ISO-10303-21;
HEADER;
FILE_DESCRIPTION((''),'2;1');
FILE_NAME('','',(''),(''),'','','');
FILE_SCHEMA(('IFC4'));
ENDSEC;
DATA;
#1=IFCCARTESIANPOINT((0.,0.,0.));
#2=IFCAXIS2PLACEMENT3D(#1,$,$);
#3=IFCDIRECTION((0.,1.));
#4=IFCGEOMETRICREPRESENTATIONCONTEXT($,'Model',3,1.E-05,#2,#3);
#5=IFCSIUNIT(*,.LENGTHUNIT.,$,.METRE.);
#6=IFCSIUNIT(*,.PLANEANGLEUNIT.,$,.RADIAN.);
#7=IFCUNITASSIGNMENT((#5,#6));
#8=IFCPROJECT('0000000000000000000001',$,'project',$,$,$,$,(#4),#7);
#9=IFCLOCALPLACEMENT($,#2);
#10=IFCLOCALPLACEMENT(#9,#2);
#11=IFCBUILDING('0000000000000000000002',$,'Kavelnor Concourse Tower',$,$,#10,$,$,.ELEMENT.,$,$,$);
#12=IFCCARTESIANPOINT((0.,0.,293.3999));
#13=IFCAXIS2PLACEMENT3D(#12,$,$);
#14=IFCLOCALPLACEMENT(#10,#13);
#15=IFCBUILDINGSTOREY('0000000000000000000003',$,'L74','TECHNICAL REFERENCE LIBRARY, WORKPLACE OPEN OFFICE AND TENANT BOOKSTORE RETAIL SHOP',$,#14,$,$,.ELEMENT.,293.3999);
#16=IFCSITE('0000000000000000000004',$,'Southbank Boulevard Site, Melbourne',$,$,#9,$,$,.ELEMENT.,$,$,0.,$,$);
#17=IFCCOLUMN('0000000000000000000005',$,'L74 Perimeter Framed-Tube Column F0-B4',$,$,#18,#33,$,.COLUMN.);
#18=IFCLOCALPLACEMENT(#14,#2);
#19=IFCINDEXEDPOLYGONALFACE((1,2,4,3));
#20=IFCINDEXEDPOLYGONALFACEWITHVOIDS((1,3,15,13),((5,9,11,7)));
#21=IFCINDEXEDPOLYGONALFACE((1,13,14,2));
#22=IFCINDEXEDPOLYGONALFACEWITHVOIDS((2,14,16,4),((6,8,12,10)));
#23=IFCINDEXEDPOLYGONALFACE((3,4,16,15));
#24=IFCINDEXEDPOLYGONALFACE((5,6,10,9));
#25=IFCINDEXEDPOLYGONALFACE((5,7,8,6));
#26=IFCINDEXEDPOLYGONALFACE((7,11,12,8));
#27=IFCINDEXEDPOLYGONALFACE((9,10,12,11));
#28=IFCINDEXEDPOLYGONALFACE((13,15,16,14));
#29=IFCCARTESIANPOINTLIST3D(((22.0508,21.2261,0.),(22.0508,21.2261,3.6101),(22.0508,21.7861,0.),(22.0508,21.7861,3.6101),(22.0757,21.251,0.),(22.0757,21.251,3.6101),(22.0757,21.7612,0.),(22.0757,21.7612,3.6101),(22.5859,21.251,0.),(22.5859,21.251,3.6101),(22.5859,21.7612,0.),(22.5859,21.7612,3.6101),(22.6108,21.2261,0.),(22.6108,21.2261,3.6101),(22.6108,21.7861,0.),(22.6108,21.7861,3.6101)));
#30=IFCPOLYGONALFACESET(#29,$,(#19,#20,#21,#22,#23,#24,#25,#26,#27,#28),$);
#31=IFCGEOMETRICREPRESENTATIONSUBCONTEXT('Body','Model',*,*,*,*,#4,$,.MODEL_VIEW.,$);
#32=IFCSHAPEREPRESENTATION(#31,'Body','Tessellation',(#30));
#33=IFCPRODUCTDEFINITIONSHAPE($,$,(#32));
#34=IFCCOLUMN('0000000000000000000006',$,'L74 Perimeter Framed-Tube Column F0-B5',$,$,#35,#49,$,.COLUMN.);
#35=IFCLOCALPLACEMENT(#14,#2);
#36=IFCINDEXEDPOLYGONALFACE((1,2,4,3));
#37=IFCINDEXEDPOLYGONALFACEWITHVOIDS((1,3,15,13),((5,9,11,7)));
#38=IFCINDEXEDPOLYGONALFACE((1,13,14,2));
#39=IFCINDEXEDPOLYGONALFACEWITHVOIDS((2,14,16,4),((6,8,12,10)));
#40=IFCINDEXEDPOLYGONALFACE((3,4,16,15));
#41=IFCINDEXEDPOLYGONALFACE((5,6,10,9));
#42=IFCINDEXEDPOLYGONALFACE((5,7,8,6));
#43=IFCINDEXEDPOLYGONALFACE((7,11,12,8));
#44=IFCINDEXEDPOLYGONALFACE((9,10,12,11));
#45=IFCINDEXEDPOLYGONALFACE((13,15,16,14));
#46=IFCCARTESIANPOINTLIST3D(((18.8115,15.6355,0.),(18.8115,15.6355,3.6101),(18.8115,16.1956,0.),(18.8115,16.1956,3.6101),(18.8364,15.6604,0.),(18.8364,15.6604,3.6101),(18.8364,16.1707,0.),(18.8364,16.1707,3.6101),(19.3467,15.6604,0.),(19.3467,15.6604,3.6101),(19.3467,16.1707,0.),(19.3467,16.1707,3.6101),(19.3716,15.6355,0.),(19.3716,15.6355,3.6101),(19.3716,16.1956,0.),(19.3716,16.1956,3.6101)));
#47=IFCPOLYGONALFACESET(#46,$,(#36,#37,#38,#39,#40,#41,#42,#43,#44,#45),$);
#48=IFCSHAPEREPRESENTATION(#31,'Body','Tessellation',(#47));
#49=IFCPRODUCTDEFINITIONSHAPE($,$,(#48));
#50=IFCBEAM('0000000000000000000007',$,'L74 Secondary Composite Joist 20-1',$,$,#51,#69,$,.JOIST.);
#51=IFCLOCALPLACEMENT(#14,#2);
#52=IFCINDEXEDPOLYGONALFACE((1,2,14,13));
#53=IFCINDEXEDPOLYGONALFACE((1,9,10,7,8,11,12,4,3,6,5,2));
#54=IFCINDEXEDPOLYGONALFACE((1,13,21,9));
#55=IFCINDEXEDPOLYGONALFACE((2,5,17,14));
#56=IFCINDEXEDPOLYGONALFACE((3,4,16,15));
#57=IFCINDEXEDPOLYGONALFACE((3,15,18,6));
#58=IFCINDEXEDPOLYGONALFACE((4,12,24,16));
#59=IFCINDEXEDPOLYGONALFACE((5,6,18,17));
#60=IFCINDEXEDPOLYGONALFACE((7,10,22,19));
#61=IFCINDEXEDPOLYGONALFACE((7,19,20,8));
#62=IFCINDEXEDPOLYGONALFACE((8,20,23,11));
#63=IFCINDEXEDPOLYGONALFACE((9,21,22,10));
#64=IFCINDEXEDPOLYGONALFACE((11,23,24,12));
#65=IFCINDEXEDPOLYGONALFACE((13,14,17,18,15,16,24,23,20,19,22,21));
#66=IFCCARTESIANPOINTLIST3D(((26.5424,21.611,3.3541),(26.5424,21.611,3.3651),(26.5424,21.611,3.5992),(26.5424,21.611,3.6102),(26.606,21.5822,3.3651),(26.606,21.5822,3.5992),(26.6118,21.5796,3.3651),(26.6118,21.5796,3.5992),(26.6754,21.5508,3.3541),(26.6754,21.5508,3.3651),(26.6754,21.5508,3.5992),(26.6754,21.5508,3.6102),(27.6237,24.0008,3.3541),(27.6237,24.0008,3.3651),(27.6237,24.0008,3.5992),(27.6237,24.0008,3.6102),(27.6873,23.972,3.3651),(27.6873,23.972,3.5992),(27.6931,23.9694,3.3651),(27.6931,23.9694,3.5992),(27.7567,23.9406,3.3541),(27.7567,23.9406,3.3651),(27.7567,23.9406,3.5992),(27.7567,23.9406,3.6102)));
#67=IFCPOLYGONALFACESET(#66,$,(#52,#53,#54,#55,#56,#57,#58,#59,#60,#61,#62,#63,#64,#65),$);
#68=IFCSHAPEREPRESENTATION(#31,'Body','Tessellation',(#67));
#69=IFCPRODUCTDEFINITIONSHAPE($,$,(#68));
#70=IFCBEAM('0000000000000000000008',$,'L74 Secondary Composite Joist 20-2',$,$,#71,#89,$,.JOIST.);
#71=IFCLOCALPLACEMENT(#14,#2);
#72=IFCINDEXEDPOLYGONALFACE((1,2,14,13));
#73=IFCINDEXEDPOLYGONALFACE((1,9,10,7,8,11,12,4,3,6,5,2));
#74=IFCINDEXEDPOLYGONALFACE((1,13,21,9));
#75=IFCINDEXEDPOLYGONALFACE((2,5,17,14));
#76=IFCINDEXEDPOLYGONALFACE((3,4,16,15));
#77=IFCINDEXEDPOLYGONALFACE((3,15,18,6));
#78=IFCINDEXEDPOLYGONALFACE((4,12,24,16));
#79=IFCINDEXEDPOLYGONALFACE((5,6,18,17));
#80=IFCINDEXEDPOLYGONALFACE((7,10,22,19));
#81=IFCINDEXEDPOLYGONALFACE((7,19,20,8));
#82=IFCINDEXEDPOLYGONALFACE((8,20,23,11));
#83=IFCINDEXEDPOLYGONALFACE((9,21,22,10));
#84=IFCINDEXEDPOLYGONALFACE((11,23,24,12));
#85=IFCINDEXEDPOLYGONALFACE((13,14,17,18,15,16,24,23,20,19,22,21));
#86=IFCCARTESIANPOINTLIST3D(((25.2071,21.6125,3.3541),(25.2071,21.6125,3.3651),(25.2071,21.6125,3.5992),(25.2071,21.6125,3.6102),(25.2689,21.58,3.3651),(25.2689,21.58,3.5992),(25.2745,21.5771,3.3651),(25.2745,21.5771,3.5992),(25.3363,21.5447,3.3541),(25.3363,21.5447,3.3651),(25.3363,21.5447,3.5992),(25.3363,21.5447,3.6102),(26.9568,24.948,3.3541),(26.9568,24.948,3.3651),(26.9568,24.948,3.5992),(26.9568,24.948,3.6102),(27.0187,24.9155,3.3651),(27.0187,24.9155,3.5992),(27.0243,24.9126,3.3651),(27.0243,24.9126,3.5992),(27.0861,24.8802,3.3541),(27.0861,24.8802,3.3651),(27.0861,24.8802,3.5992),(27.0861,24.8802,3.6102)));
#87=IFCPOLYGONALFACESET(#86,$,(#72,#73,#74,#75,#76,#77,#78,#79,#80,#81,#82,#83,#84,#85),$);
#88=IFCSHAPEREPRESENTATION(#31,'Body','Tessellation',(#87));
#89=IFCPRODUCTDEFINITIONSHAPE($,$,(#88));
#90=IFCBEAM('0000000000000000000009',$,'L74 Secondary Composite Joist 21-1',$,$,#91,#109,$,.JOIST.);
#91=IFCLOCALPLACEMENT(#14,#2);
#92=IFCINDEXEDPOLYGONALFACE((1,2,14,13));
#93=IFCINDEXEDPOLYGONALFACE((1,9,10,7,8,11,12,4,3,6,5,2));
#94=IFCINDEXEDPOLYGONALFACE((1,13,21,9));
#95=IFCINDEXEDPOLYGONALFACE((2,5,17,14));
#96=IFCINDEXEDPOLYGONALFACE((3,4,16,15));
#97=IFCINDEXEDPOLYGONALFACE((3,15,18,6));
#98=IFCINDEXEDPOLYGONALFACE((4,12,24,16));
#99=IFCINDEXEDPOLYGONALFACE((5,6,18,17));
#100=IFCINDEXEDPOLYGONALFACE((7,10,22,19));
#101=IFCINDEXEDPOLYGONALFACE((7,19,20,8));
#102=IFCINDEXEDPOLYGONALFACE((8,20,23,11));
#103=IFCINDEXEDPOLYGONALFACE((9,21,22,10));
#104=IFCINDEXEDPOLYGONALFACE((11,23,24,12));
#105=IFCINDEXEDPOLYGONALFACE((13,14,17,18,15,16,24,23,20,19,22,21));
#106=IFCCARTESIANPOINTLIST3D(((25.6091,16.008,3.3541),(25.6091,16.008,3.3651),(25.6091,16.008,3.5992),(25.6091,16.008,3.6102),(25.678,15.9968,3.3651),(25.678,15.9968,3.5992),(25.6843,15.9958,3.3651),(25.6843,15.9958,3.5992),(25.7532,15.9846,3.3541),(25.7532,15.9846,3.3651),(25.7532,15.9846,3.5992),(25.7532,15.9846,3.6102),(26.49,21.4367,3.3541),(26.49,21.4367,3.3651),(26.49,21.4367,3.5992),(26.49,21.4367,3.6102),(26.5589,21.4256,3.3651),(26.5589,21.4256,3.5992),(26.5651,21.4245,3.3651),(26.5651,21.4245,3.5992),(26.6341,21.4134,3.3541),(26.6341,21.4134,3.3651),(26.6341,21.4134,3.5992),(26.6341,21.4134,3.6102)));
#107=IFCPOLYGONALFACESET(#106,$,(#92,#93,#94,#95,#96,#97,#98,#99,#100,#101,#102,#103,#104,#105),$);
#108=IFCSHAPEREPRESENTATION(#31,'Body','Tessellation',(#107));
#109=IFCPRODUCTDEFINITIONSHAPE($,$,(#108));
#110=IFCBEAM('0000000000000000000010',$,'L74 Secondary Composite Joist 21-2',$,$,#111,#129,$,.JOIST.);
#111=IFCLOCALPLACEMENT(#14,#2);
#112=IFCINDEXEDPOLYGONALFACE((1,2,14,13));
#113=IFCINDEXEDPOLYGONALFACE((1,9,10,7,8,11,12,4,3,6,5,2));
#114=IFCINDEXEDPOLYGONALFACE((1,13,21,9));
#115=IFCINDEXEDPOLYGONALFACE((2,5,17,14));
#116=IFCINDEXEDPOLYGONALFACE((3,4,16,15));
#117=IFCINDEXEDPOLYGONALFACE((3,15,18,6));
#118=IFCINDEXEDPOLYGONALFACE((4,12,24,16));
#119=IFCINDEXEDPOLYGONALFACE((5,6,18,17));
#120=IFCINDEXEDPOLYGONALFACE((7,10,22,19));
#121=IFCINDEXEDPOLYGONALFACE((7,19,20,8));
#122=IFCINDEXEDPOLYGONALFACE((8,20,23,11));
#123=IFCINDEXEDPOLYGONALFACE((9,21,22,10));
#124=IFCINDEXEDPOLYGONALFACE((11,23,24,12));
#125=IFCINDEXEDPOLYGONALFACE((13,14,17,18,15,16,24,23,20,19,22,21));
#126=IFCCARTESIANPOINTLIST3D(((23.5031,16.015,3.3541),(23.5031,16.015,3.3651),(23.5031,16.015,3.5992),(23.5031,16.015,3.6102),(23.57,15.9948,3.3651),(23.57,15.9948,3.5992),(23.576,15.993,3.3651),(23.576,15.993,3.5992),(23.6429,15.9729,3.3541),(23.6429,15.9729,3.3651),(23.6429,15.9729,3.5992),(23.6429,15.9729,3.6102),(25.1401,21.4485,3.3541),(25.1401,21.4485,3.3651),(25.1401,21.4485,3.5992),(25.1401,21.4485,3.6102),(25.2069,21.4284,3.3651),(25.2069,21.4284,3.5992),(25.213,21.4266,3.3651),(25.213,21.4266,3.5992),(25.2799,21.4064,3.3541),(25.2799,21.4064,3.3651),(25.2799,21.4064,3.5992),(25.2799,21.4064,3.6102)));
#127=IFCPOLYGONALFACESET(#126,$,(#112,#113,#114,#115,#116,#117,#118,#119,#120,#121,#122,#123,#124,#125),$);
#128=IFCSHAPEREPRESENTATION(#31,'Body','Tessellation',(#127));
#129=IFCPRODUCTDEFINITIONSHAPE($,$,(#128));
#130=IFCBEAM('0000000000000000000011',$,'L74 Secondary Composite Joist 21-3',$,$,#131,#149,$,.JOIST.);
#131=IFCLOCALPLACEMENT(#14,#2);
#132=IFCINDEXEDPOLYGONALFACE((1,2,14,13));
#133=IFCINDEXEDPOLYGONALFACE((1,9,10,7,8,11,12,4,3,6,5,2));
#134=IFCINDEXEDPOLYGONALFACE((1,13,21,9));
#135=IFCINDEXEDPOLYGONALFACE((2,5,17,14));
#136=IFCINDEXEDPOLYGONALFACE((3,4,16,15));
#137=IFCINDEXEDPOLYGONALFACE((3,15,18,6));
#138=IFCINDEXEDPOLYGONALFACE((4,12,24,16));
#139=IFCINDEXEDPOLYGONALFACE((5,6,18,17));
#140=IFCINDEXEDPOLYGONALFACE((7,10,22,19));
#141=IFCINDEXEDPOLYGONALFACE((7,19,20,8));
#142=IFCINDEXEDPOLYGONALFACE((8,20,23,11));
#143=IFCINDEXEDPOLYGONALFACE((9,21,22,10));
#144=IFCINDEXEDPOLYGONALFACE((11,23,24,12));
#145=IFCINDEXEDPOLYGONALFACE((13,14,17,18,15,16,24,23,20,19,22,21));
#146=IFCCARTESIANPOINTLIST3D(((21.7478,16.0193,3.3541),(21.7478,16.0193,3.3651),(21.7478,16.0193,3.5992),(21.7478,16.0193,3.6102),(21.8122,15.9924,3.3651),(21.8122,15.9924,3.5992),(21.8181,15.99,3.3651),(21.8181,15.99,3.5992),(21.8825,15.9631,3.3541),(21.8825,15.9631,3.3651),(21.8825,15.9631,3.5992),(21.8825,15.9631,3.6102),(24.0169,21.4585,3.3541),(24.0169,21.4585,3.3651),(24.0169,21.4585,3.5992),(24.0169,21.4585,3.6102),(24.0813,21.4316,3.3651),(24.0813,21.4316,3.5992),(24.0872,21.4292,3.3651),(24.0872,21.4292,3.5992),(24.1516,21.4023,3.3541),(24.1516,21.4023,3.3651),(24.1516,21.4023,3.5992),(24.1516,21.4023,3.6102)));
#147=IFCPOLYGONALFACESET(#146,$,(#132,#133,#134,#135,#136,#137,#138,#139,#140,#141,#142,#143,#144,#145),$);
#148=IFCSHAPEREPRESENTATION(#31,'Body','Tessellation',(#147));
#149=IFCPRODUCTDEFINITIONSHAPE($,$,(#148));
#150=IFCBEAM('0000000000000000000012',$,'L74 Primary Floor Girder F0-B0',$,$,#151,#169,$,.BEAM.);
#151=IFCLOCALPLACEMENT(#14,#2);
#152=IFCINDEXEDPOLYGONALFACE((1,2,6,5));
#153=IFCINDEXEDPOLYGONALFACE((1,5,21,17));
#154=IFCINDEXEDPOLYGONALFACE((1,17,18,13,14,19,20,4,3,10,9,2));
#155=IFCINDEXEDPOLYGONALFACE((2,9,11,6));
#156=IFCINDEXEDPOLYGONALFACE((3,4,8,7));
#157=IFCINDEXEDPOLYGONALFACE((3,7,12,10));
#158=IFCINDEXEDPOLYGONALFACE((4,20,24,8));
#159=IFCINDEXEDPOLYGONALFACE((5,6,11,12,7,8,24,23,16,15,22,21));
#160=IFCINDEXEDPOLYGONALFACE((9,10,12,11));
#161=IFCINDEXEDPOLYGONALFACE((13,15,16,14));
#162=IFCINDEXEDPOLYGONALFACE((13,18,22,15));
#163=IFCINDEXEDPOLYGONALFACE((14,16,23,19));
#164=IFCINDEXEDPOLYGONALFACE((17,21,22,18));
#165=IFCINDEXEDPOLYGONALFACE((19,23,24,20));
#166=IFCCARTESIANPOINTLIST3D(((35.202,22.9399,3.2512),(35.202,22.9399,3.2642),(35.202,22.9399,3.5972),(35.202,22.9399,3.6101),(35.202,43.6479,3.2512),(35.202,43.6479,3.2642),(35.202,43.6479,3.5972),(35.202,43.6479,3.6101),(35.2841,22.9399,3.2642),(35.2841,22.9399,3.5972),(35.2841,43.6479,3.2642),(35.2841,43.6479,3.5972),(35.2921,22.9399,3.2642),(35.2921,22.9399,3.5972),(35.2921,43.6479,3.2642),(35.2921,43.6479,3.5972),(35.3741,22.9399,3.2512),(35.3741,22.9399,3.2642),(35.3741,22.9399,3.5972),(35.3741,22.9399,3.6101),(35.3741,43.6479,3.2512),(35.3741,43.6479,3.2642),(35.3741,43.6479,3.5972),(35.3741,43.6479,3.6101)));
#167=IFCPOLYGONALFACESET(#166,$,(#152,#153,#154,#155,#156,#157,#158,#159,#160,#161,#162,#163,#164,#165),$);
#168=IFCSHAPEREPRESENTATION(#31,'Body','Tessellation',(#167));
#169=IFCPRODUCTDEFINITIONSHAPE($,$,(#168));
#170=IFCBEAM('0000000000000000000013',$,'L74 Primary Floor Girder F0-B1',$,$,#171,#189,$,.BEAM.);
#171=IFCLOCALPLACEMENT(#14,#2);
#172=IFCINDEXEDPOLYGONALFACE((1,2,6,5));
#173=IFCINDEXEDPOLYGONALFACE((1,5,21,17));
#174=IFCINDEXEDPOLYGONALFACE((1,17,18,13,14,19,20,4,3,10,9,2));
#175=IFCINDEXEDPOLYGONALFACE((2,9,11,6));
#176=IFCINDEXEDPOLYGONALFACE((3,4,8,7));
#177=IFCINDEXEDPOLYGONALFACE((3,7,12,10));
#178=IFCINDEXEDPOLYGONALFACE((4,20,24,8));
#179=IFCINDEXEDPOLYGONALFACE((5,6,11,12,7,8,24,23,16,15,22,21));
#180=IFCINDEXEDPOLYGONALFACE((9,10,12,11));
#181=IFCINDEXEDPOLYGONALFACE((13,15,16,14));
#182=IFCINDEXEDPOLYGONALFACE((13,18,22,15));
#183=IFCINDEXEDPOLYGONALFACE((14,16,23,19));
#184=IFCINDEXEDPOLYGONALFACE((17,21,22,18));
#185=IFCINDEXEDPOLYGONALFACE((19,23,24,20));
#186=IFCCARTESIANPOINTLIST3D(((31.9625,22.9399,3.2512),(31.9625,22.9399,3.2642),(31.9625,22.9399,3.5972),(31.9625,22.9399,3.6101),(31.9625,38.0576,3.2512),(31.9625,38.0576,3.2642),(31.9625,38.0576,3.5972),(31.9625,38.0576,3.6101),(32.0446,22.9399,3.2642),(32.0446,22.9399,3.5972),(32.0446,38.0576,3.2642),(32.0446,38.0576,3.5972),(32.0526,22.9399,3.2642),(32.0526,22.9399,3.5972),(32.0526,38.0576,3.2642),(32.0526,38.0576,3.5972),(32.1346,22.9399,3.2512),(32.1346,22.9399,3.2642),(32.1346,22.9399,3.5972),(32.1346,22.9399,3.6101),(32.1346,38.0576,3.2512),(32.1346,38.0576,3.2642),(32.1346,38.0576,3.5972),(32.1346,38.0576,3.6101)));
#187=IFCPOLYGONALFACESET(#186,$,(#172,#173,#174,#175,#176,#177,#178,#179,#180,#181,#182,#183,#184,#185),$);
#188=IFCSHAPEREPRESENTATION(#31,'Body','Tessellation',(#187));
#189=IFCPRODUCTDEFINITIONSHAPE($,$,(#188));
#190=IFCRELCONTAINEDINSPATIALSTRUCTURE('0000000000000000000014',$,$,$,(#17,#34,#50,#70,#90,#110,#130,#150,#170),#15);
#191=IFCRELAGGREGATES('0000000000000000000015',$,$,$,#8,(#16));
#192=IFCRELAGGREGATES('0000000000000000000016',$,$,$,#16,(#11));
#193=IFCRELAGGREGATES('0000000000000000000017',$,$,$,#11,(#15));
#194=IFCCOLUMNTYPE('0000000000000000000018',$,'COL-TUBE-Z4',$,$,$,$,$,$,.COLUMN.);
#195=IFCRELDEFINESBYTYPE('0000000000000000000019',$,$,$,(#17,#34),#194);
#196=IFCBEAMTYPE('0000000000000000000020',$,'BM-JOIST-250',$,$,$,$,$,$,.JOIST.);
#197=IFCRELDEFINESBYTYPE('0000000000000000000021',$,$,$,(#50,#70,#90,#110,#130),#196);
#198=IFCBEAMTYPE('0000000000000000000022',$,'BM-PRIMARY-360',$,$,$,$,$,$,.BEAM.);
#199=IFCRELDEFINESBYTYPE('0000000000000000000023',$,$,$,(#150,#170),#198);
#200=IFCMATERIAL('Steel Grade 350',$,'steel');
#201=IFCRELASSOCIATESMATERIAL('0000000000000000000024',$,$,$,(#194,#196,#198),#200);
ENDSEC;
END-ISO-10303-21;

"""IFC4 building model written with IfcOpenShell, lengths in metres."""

from ifc_helpers import new_model, si_unit, direction, frame, origin, origin_2d, place, context, subcontext, project, spatial, hollow_rectangle, i_section, extrude, material, material_profile, profile_set, type_object, element, save


model = new_model("IFC4")

# Units and contexts
model_context = context("Model", 3, precision=1e-05, world=origin(), true_north=direction((0.0, 1.0)))
body_context = subcontext(model_context, "Body", "Model", "MODEL_VIEW")
ifc_project = project(units=[si_unit("LENGTHUNIT", "METRE"), si_unit("PLANEANGLEUNIT", "RADIAN")], contexts=[model_context])

# Site, building, storey
site_placement = place(None, origin())
site = spatial("IfcSite", under=ifc_project, at=site_placement, Name="Southbank Boulevard Site, Melbourne", CompositionType="ELEMENT", RefElevation=0.0)
building_placement = place(site_placement, origin())
building = spatial("IfcBuilding", under=site, at=building_placement, Name="Kavelnor Concourse Tower", CompositionType="ELEMENT")
storey_placement = place(building_placement, frame((0.0, 0.0, 293.3999)))
storey = spatial("IfcBuildingStorey", under=building, at=storey_placement, Name="L74", Description="TECHNICAL REFERENCE LIBRARY, WORKPLACE OPEN OFFICE AND TENANT BOOKSTORE RETAIL SHOP", CompositionType="ELEMENT", Elevation=293.3999)

# Columns
ifc_material_1 = material(Name="Steel Grade 350", Category="steel")
ifc_material_profile_1 = material_profile(ifc_material_1, hollow_rectangle(XDim=0.5601, YDim=0.5601, WallThickness=0.0249, at=origin_2d()), Name="SHS 560x560x25")
ifc_profile_set_1 = profile_set([ifc_material_profile_1], Name="Steel Grade 350")
column_type = type_object("IfcColumnType", Name="COL-TUBE-Z4", PredefinedType="COLUMN", material=ifc_profile_set_1)
for number, where, z_axis, x_axis, name in (
    (1, (22.3308, 21.5061, 0.0), (0.0, 0.0, 1.0), (1.0, 0.0, 0.0), "L74 Perimeter Framed-Tube Column F0-B4"),
    (2, (19.0916, 15.9155, 0.0), (0.0, 0.0, 1.0), (1.0, 0.0, 0.0), "L74 Perimeter Framed-Tube Column F0-B5"),
):
    element("IfcColumn", number, at=place(storey_placement, frame(where, z_axis=z_axis, x_axis=x_axis)), inside=storey, type_object=column_type, Name=name, PredefinedType="COLUMN", context=body_context, shape_type="SweptSolid", body=[
        extrude(hollow_rectangle(XDim=0.5601, YDim=0.5601, WallThickness=0.0249, at=origin_2d()), origin(), (0.0, 0.0, 1.0), 3.6101),
    ])

# Beams
ifc_material_profile_2 = material_profile(ifc_material_1, i_section(OverallWidth=0.146, OverallDepth=0.2561, WebThickness=0.0063, FlangeThickness=0.011, at=origin_2d()), Name="250UB37")
ifc_profile_set_2 = profile_set([ifc_material_profile_2], Name="Steel Grade 350")
beam_type_1 = type_object("IfcBeamType", Name="BM-JOIST-250", PredefinedType="JOIST", material=ifc_profile_set_2)
beam_1_placement = place(storey_placement, frame((27.6902, 23.9707, 3.4822), z_axis=(-0.412218, -0.911085, 0.0), x_axis=(0.911085, -0.412218, 0.0)))
element("IfcBeam", 3, at=beam_1_placement, inside=storey, type_object=beam_type_1, Name="L74 Secondary Composite Joist 20-1", PredefinedType="JOIST", context=body_context, shape_type="SweptSolid", body=[
    extrude(i_section(OverallWidth=0.146, OverallDepth=0.2561, WebThickness=0.0063, FlangeThickness=0.011, at=origin_2d()), origin(), (0.0, 0.0, 1.0), 2.623),
])
beam_2_placement = place(storey_placement, frame((27.0215, 24.9141, 3.4822), z_axis=(-0.464552, -0.885546, 0.0), x_axis=(0.885546, -0.464552, 0.0)))
element("IfcBeam", 4, at=beam_2_placement, inside=storey, type_object=beam_type_1, Name="L74 Secondary Composite Joist 20-2", PredefinedType="JOIST", context=body_context, shape_type="SweptSolid", body=[
    extrude(i_section(OverallWidth=0.146, OverallDepth=0.2561, WebThickness=0.0063, FlangeThickness=0.011, at=origin_2d()), origin(), (0.0, 0.0, 1.0), 3.7666),
])
beam_3_placement = place(storey_placement, frame((26.562, 21.425, 3.4822), z_axis=(-0.160165, -0.98709, 0.0), x_axis=(0.98709, -0.160165, 0.0)))
element("IfcBeam", 5, at=beam_3_placement, inside=storey, type_object=beam_type_1, Name="L74 Secondary Composite Joist 21-1", PredefinedType="JOIST", context=body_context, shape_type="SweptSolid", body=[
    extrude(i_section(OverallWidth=0.146, OverallDepth=0.2561, WebThickness=0.0063, FlangeThickness=0.011, at=origin_2d()), origin(), (0.0, 0.0, 1.0), 5.4998),
])
beam_4_placement = place(storey_placement, frame((25.21, 21.4275, 3.4822), z_axis=(-0.288461, -0.957492, 0.0), x_axis=(0.957492, -0.288461, 0.0)))
element("IfcBeam", 6, at=beam_4_placement, inside=storey, type_object=beam_type_1, Name="L74 Secondary Composite Joist 21-2", PredefinedType="JOIST", context=body_context, shape_type="SweptSolid", body=[
    extrude(i_section(OverallWidth=0.146, OverallDepth=0.2561, WebThickness=0.0063, FlangeThickness=0.011, at=origin_2d()), origin(), (0.0, 0.0, 1.0), 5.6748),
])
beam_5_placement = place(storey_placement, frame((24.0842, 21.4304, 3.4822), z_axis=(-0.385007, -0.922914, 0.0), x_axis=(0.922914, -0.385007, 0.0)))
element("IfcBeam", 7, at=beam_5_placement, inside=storey, type_object=beam_type_1, Name="L74 Secondary Composite Joist 21-3", PredefinedType="JOIST", context=body_context, shape_type="SweptSolid", body=[
    extrude(i_section(OverallWidth=0.146, OverallDepth=0.2561, WebThickness=0.0063, FlangeThickness=0.011, at=origin_2d()), origin(), (0.0, 0.0, 1.0), 5.8936),
])
ifc_material_profile_3 = material_profile(ifc_material_1, i_section(OverallWidth=0.1721, OverallDepth=0.3589, WebThickness=0.0081, FlangeThickness=0.0129, at=origin_2d()), Name="360UB56")
ifc_profile_set_3 = profile_set([ifc_material_profile_3], Name="Steel Grade 350")
beam_type_2 = type_object("IfcBeamType", Name="BM-PRIMARY-360", PredefinedType="BEAM", material=ifc_profile_set_3)
beam_6_placement = place(storey_placement, frame((35.2881, 22.9399, 3.4307), z_axis=(0.0, 1.0, 0.0), x_axis=(-1.0, 0.0, 0.0)))
element("IfcBeam", 8, at=beam_6_placement, inside=storey, type_object=beam_type_2, Name="L74 Primary Floor Girder F0-B0", PredefinedType="BEAM", context=body_context, shape_type="SweptSolid", body=[
    extrude(i_section(OverallWidth=0.1721, OverallDepth=0.3589, WebThickness=0.0081, FlangeThickness=0.0129, at=origin_2d()), origin(), (0.0, 0.0, 1.0), 20.708),
])
beam_7_placement = place(storey_placement, frame((32.0486, 22.9399, 3.4307), z_axis=(0.0, 1.0, 0.0), x_axis=(-1.0, 0.0, 0.0)))
element("IfcBeam", 9, at=beam_7_placement, inside=storey, type_object=beam_type_2, Name="L74 Primary Floor Girder F0-B1", PredefinedType="BEAM", context=body_context, shape_type="SweptSolid", body=[
    extrude(i_section(OverallWidth=0.1721, OverallDepth=0.3589, WebThickness=0.0081, FlangeThickness=0.0129, at=origin_2d()), origin(), (0.0, 0.0, 1.0), 15.1177),
])

save(model, "model.ifc")
